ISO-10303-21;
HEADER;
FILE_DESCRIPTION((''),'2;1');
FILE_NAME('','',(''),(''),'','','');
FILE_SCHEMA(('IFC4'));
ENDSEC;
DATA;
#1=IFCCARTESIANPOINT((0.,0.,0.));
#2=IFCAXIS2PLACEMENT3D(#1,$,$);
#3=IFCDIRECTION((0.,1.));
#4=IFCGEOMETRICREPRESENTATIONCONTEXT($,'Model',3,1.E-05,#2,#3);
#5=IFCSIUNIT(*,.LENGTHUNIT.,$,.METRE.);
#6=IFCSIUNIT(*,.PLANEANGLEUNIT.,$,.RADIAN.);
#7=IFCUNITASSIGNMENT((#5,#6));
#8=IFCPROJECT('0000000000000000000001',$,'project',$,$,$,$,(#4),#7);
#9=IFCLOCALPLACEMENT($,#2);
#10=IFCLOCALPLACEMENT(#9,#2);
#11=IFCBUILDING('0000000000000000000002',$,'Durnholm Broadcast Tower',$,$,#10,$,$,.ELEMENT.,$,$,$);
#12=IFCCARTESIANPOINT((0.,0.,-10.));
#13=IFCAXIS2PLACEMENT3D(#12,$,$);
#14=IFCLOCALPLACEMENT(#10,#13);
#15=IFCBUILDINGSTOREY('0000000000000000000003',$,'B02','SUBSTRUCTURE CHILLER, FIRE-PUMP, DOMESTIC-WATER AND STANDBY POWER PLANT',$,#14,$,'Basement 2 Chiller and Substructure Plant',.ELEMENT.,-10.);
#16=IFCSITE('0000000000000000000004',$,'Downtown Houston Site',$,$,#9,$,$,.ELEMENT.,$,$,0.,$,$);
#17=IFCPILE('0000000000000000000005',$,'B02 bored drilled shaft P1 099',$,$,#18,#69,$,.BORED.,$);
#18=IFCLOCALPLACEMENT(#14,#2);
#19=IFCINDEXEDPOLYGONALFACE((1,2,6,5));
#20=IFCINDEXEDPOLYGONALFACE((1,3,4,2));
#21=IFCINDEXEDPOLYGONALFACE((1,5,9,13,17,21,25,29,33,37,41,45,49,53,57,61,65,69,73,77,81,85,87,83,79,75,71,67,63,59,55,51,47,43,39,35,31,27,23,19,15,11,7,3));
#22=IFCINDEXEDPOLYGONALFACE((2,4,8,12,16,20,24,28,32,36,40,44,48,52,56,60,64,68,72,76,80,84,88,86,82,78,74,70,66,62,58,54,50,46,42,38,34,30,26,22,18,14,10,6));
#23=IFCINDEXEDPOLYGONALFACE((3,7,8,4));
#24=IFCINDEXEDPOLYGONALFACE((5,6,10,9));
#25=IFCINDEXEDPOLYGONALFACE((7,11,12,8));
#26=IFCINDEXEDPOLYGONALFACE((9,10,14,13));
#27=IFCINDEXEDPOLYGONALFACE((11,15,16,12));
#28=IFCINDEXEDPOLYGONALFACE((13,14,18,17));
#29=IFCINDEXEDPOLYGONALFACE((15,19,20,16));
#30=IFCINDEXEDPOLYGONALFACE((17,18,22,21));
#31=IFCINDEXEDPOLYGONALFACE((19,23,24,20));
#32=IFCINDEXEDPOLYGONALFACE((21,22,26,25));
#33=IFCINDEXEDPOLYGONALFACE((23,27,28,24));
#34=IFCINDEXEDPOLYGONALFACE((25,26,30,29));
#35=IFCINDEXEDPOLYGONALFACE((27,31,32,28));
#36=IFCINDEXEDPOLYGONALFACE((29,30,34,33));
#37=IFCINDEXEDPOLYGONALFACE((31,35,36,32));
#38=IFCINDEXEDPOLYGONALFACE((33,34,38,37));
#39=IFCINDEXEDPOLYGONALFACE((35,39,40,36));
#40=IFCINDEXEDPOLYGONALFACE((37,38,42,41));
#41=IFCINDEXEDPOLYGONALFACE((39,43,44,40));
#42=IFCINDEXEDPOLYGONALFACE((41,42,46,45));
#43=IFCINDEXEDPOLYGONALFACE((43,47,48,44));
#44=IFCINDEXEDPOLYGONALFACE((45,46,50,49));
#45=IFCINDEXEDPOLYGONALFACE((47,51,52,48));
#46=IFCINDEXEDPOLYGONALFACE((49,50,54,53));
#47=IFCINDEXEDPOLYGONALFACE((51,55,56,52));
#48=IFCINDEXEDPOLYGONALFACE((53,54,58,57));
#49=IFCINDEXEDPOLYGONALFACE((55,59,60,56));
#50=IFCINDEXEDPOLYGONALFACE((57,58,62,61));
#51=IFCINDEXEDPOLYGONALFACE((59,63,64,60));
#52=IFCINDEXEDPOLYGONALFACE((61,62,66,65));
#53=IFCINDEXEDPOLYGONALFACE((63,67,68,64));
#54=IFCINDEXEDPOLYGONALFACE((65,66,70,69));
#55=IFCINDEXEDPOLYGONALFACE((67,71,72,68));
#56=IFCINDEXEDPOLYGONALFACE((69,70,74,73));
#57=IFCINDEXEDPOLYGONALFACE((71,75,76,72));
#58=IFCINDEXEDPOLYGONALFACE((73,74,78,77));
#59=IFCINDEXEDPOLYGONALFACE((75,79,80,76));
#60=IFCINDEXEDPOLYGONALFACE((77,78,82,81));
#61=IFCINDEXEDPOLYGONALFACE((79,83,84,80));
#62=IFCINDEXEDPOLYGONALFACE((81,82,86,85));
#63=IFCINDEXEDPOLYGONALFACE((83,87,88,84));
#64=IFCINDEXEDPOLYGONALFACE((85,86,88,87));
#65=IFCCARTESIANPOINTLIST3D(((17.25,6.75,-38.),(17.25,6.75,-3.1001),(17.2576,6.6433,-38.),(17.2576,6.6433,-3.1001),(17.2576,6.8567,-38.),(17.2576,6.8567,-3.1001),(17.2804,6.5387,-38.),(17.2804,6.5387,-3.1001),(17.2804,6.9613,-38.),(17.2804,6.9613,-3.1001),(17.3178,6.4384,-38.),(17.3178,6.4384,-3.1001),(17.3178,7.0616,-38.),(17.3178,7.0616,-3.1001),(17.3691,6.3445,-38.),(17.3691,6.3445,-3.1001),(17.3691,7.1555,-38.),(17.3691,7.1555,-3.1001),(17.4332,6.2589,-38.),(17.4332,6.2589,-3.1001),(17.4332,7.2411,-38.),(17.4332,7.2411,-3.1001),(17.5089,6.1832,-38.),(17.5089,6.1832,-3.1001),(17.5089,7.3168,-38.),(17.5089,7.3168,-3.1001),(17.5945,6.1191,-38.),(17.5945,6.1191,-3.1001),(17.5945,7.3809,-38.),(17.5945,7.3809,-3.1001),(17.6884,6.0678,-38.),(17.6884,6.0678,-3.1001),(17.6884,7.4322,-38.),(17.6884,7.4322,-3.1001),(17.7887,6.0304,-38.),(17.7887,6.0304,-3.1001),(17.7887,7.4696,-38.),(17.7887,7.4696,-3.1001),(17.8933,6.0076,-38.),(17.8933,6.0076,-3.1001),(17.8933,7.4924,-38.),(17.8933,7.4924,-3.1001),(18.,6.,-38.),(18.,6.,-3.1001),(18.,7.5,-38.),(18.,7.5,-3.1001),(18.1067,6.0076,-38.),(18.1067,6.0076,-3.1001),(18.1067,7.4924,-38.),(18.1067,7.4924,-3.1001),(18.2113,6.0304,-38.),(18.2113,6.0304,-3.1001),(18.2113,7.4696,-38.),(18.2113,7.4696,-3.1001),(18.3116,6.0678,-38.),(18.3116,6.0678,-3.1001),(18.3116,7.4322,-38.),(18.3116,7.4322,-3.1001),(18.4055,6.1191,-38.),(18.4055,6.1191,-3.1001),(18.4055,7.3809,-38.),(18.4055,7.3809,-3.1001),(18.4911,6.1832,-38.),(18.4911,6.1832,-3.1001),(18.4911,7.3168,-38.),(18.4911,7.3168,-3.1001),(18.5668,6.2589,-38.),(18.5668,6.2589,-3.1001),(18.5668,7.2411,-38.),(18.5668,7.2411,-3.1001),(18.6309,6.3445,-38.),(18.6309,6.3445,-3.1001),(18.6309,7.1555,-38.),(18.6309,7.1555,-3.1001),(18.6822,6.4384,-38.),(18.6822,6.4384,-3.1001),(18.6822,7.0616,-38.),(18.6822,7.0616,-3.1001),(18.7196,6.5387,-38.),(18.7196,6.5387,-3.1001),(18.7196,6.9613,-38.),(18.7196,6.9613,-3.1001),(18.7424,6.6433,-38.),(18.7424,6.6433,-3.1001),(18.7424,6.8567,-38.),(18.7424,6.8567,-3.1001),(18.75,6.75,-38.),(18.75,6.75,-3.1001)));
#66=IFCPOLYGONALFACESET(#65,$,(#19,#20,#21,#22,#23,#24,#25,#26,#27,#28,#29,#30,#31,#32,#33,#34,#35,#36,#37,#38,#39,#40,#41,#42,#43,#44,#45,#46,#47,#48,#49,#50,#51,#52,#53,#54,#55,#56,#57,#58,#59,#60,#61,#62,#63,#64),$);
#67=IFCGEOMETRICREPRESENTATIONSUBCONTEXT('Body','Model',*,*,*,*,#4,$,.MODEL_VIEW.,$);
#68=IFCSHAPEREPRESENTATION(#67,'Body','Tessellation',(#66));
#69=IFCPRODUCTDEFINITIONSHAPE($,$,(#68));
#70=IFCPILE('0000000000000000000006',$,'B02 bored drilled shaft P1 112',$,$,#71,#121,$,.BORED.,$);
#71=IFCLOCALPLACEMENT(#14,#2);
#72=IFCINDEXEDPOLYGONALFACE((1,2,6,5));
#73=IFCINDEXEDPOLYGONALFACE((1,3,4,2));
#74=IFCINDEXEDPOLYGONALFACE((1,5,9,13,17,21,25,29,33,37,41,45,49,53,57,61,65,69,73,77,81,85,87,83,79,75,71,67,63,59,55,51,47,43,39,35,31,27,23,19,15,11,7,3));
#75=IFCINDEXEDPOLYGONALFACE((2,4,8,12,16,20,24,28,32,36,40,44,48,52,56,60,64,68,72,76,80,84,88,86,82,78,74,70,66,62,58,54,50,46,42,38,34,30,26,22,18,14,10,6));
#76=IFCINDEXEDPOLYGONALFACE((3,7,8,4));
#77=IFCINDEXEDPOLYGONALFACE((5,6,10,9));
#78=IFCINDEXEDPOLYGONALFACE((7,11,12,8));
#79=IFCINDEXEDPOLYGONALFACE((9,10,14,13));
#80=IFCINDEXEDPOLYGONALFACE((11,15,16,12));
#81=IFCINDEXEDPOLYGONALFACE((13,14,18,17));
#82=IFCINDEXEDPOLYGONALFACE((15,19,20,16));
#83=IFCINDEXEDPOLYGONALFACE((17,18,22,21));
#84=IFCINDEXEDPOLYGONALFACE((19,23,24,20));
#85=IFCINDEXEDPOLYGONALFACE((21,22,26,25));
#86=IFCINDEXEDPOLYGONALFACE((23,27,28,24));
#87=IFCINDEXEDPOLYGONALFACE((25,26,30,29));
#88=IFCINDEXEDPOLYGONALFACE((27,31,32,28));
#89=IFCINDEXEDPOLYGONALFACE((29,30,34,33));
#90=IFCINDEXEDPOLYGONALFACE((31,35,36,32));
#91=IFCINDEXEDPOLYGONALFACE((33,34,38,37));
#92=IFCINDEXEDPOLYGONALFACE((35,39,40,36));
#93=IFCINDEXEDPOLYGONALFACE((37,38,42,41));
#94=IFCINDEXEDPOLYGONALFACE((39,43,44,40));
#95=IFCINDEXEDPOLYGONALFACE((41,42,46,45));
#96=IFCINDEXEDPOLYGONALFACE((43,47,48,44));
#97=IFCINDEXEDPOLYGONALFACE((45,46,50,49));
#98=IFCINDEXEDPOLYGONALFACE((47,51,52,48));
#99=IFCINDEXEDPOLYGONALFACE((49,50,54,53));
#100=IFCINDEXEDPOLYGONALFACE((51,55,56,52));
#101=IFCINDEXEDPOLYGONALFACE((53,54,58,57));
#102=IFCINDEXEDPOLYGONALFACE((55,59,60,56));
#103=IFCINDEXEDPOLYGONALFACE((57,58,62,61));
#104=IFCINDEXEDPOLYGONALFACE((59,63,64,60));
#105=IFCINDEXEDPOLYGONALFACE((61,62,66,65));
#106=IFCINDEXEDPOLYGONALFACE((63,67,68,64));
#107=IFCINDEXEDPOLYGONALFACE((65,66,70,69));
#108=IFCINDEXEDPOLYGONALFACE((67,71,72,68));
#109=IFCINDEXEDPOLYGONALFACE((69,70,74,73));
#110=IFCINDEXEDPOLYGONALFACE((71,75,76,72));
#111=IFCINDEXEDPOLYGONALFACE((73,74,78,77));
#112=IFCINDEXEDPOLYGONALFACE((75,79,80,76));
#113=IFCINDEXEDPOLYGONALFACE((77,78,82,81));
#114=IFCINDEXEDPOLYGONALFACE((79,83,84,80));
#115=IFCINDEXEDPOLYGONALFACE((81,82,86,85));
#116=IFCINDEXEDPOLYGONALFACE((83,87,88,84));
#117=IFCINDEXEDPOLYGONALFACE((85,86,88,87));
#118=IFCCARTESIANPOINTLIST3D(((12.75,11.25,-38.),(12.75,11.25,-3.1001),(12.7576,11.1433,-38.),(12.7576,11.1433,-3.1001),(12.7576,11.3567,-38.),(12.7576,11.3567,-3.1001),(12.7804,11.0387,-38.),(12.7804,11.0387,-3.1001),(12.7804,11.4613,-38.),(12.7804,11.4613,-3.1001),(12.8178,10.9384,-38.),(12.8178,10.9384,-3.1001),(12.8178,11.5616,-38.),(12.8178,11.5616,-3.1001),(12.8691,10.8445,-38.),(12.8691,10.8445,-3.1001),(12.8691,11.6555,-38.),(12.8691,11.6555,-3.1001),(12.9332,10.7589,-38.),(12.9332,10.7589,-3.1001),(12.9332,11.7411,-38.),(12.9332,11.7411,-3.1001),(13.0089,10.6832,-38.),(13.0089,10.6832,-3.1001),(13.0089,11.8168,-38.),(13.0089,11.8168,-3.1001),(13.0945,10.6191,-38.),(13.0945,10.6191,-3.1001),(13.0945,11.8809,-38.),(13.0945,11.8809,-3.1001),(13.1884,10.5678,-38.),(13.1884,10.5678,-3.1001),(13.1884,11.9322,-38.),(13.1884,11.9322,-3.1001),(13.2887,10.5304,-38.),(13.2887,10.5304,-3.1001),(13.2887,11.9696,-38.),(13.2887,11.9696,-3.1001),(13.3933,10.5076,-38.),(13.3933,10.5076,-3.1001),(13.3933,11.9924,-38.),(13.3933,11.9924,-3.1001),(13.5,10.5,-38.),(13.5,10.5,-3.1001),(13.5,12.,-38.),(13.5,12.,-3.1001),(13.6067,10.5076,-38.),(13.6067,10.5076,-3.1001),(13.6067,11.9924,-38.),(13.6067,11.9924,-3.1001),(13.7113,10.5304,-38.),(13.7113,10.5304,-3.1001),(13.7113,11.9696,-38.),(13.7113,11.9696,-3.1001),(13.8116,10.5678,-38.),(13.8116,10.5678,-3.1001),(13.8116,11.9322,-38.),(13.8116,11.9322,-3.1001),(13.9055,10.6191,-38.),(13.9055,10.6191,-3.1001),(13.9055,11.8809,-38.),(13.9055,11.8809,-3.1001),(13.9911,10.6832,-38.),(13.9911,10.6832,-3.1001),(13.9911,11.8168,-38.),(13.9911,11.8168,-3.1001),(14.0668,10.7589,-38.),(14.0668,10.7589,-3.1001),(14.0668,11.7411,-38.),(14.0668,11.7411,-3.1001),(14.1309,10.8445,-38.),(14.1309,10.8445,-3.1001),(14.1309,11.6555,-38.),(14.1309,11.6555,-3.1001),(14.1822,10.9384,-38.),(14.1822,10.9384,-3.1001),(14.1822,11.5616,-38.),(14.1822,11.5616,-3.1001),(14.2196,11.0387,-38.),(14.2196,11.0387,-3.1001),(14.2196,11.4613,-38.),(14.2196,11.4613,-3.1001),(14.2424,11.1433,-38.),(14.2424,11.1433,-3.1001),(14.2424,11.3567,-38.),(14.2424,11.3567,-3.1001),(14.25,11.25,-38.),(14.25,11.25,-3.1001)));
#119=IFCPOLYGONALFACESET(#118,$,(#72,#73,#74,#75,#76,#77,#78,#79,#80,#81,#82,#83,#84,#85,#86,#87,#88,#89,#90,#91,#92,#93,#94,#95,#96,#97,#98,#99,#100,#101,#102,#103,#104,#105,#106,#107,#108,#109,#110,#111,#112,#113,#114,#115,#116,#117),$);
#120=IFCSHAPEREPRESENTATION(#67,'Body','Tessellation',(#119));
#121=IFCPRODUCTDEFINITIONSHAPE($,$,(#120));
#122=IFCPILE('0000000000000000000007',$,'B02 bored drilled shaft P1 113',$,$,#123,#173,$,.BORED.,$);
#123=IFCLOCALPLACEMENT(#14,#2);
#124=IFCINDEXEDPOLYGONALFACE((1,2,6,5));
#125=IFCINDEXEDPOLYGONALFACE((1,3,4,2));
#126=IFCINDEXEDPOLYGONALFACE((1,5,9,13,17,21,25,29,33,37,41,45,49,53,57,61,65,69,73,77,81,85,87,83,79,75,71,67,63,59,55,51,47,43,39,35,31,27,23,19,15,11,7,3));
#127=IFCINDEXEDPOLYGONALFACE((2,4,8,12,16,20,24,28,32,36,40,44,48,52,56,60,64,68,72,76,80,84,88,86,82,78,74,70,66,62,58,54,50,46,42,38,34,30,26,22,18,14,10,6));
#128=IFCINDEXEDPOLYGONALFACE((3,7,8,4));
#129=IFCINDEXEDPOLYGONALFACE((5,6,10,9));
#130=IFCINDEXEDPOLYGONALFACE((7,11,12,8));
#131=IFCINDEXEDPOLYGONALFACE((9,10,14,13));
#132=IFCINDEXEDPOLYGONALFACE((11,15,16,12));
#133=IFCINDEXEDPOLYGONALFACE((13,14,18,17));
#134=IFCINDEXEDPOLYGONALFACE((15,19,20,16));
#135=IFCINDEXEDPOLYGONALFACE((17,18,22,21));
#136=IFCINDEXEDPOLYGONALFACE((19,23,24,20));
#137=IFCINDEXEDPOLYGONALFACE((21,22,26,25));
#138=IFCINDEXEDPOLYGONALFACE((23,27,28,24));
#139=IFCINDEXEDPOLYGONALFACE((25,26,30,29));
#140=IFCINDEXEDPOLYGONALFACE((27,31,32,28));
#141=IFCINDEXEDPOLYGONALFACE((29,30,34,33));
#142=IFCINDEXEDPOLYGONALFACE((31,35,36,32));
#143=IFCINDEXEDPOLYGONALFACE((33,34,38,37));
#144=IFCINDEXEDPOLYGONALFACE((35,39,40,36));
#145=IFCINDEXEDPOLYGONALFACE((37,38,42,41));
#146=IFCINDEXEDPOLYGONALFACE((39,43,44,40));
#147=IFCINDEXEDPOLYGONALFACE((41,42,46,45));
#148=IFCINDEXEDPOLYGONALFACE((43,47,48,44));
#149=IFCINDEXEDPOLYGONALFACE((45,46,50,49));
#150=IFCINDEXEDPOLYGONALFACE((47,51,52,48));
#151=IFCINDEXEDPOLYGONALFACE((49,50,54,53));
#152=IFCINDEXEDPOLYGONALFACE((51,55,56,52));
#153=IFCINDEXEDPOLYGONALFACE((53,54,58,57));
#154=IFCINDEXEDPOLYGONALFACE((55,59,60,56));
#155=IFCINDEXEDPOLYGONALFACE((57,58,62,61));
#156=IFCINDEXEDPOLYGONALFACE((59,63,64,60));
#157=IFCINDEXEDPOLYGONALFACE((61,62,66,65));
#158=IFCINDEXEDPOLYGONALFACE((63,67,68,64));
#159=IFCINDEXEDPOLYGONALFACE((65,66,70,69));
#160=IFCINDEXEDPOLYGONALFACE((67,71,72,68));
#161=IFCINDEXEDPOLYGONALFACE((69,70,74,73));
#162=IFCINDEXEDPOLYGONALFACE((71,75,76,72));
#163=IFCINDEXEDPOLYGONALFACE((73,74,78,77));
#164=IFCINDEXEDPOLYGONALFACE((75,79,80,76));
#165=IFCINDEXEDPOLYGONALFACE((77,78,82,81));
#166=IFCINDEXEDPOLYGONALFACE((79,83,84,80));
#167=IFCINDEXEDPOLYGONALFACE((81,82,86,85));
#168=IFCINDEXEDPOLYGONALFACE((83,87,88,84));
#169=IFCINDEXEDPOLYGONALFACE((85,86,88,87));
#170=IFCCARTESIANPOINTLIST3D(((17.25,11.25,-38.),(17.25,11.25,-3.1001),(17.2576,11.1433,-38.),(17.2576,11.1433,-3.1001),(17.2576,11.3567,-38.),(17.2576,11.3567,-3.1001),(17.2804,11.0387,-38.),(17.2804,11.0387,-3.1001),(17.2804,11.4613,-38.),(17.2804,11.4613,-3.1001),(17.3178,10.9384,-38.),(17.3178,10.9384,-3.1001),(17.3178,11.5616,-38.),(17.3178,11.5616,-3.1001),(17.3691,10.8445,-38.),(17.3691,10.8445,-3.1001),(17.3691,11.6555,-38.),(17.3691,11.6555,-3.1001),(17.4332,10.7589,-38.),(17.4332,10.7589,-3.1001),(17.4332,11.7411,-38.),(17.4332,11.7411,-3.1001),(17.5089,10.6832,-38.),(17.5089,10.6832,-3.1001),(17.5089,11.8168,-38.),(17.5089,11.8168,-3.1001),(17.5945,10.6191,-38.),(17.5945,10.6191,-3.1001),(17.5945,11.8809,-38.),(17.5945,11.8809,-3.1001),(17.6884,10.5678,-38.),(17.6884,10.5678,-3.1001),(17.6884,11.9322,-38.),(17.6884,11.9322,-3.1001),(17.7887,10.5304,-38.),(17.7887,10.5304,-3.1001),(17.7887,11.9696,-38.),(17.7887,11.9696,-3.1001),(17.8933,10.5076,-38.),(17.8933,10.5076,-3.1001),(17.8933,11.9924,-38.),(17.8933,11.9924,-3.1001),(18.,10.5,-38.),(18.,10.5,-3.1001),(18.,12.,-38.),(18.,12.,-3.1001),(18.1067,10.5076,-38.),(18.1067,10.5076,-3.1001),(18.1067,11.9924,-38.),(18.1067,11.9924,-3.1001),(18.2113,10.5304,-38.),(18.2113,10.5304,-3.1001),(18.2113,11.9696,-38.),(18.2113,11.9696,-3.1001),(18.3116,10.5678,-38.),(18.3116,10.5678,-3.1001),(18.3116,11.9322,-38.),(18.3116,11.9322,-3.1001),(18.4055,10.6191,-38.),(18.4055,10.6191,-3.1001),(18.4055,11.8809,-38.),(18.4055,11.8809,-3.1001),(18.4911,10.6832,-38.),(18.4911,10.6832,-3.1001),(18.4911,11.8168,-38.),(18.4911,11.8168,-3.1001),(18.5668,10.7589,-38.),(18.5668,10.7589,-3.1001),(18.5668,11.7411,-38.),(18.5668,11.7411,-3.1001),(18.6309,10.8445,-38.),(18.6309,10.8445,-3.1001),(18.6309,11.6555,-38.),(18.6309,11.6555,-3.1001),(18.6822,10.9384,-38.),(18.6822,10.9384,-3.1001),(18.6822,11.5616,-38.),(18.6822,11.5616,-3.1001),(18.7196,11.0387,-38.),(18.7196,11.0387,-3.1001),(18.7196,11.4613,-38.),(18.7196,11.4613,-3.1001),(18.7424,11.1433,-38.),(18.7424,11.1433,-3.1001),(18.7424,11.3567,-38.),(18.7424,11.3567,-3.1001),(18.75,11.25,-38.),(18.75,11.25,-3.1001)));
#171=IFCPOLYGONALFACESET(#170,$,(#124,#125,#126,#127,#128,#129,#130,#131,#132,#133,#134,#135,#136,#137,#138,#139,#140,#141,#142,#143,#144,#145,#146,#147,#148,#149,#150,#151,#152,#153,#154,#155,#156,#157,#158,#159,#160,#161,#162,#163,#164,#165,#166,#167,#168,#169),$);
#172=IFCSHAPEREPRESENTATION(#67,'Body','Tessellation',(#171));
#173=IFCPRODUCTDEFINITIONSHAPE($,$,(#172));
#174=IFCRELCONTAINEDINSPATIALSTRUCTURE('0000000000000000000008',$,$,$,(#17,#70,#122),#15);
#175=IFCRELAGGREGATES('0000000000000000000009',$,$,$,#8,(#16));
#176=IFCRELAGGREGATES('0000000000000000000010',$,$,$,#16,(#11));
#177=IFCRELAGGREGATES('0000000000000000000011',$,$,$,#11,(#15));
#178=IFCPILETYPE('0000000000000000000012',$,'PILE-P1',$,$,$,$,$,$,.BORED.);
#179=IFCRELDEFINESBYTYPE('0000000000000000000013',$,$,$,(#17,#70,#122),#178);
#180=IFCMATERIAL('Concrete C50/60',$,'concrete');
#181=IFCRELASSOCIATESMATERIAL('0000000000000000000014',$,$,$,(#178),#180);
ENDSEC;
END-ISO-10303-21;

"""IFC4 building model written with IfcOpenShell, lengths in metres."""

from ifc_helpers import new_model, si_unit, direction, frame, origin, origin_2d, place, context, subcontext, project, spatial, circle, extrude, source, transform, mapped, material, material_profile, profile_set, type_object, type_shapes, element, save


model = new_model("IFC4")

# Units and contexts
model_context = context("Model", 3, precision=1e-05, world=origin(), true_north=direction((0.0, 1.0)))
body_context = subcontext(model_context, "Body", "Model", "MODEL_VIEW")
ifc_project = project(units=[si_unit("LENGTHUNIT", "METRE"), si_unit("PLANEANGLEUNIT", "RADIAN")], contexts=[model_context])

# Site, building, storey
site_placement = place(None, origin())
site = spatial("IfcSite", under=ifc_project, at=site_placement, Name="Downtown Houston Site", CompositionType="ELEMENT", RefElevation=0.0)
building_placement = place(site_placement, origin())
building = spatial("IfcBuilding", under=site, at=building_placement, Name="Durnholm Broadcast Tower", CompositionType="ELEMENT")
storey_placement = place(building_placement, frame((0.0, 0.0, -10.0)))
storey = spatial("IfcBuildingStorey", under=building, at=storey_placement, Name="B02", Description="SUBSTRUCTURE CHILLER, FIRE-PUMP, DOMESTIC-WATER AND STANDBY POWER PLANT", LongName="Basement 2 Chiller and Substructure Plant", CompositionType="ELEMENT", Elevation=-10.0)

# Piles
ifc_material_1 = material(Name="Concrete C50/60", Category="concrete")
ifc_material_profile_1 = material_profile(ifc_material_1, circle(Radius=0.75, at=origin_2d()), Name="PILE1500")
ifc_profile_set_1 = profile_set([ifc_material_profile_1], Name="Concrete C50/60")
pile_type_1 = type_object("IfcPileType", Name="PILE-P1", PredefinedType="BORED", material=ifc_profile_set_1)
shared_shape_1 = source(origin(), body_context, "Body", "SweptSolid", [
    extrude(circle(Radius=0.75, at=origin_2d()), origin(), (0.0, 0.0, 1.0), 34.8999),
])
type_shapes(pile_type_1, [shared_shape_1])
for number, where, z_axis, x_axis, name in (
    (1, (18.0, 6.75, -3.1001), (0.0, 0.0, -1.0), (1.0, 0.0, 0.0), "B02 bored drilled shaft P1 099"),
    (2, (13.5, 11.25, -3.1001), (0.0, 0.0, -1.0), (1.0, 0.0, 0.0), "B02 bored drilled shaft P1 112"),
    (3, (18.0, 11.25, -3.1001), (0.0, 0.0, -1.0), (1.0, 0.0, 0.0), "B02 bored drilled shaft P1 113"),
):
    element("IfcPile", number, at=place(storey_placement, frame(where, z_axis=z_axis, x_axis=x_axis)), inside=storey, type_object=pile_type_1, Name=name, PredefinedType="BORED", context=body_context, shape_type="MappedRepresentation", body=[
        mapped(shared_shape_1, transform((0.0, 0.0, 0.0), x_axis=(1.0, 0.0, 0.0), y_axis=(0.0, 1.0, 0.0), z_axis=(0.0, 0.0, 1.0), scale=1.0)),
    ])

save(model, "model.ifc")
